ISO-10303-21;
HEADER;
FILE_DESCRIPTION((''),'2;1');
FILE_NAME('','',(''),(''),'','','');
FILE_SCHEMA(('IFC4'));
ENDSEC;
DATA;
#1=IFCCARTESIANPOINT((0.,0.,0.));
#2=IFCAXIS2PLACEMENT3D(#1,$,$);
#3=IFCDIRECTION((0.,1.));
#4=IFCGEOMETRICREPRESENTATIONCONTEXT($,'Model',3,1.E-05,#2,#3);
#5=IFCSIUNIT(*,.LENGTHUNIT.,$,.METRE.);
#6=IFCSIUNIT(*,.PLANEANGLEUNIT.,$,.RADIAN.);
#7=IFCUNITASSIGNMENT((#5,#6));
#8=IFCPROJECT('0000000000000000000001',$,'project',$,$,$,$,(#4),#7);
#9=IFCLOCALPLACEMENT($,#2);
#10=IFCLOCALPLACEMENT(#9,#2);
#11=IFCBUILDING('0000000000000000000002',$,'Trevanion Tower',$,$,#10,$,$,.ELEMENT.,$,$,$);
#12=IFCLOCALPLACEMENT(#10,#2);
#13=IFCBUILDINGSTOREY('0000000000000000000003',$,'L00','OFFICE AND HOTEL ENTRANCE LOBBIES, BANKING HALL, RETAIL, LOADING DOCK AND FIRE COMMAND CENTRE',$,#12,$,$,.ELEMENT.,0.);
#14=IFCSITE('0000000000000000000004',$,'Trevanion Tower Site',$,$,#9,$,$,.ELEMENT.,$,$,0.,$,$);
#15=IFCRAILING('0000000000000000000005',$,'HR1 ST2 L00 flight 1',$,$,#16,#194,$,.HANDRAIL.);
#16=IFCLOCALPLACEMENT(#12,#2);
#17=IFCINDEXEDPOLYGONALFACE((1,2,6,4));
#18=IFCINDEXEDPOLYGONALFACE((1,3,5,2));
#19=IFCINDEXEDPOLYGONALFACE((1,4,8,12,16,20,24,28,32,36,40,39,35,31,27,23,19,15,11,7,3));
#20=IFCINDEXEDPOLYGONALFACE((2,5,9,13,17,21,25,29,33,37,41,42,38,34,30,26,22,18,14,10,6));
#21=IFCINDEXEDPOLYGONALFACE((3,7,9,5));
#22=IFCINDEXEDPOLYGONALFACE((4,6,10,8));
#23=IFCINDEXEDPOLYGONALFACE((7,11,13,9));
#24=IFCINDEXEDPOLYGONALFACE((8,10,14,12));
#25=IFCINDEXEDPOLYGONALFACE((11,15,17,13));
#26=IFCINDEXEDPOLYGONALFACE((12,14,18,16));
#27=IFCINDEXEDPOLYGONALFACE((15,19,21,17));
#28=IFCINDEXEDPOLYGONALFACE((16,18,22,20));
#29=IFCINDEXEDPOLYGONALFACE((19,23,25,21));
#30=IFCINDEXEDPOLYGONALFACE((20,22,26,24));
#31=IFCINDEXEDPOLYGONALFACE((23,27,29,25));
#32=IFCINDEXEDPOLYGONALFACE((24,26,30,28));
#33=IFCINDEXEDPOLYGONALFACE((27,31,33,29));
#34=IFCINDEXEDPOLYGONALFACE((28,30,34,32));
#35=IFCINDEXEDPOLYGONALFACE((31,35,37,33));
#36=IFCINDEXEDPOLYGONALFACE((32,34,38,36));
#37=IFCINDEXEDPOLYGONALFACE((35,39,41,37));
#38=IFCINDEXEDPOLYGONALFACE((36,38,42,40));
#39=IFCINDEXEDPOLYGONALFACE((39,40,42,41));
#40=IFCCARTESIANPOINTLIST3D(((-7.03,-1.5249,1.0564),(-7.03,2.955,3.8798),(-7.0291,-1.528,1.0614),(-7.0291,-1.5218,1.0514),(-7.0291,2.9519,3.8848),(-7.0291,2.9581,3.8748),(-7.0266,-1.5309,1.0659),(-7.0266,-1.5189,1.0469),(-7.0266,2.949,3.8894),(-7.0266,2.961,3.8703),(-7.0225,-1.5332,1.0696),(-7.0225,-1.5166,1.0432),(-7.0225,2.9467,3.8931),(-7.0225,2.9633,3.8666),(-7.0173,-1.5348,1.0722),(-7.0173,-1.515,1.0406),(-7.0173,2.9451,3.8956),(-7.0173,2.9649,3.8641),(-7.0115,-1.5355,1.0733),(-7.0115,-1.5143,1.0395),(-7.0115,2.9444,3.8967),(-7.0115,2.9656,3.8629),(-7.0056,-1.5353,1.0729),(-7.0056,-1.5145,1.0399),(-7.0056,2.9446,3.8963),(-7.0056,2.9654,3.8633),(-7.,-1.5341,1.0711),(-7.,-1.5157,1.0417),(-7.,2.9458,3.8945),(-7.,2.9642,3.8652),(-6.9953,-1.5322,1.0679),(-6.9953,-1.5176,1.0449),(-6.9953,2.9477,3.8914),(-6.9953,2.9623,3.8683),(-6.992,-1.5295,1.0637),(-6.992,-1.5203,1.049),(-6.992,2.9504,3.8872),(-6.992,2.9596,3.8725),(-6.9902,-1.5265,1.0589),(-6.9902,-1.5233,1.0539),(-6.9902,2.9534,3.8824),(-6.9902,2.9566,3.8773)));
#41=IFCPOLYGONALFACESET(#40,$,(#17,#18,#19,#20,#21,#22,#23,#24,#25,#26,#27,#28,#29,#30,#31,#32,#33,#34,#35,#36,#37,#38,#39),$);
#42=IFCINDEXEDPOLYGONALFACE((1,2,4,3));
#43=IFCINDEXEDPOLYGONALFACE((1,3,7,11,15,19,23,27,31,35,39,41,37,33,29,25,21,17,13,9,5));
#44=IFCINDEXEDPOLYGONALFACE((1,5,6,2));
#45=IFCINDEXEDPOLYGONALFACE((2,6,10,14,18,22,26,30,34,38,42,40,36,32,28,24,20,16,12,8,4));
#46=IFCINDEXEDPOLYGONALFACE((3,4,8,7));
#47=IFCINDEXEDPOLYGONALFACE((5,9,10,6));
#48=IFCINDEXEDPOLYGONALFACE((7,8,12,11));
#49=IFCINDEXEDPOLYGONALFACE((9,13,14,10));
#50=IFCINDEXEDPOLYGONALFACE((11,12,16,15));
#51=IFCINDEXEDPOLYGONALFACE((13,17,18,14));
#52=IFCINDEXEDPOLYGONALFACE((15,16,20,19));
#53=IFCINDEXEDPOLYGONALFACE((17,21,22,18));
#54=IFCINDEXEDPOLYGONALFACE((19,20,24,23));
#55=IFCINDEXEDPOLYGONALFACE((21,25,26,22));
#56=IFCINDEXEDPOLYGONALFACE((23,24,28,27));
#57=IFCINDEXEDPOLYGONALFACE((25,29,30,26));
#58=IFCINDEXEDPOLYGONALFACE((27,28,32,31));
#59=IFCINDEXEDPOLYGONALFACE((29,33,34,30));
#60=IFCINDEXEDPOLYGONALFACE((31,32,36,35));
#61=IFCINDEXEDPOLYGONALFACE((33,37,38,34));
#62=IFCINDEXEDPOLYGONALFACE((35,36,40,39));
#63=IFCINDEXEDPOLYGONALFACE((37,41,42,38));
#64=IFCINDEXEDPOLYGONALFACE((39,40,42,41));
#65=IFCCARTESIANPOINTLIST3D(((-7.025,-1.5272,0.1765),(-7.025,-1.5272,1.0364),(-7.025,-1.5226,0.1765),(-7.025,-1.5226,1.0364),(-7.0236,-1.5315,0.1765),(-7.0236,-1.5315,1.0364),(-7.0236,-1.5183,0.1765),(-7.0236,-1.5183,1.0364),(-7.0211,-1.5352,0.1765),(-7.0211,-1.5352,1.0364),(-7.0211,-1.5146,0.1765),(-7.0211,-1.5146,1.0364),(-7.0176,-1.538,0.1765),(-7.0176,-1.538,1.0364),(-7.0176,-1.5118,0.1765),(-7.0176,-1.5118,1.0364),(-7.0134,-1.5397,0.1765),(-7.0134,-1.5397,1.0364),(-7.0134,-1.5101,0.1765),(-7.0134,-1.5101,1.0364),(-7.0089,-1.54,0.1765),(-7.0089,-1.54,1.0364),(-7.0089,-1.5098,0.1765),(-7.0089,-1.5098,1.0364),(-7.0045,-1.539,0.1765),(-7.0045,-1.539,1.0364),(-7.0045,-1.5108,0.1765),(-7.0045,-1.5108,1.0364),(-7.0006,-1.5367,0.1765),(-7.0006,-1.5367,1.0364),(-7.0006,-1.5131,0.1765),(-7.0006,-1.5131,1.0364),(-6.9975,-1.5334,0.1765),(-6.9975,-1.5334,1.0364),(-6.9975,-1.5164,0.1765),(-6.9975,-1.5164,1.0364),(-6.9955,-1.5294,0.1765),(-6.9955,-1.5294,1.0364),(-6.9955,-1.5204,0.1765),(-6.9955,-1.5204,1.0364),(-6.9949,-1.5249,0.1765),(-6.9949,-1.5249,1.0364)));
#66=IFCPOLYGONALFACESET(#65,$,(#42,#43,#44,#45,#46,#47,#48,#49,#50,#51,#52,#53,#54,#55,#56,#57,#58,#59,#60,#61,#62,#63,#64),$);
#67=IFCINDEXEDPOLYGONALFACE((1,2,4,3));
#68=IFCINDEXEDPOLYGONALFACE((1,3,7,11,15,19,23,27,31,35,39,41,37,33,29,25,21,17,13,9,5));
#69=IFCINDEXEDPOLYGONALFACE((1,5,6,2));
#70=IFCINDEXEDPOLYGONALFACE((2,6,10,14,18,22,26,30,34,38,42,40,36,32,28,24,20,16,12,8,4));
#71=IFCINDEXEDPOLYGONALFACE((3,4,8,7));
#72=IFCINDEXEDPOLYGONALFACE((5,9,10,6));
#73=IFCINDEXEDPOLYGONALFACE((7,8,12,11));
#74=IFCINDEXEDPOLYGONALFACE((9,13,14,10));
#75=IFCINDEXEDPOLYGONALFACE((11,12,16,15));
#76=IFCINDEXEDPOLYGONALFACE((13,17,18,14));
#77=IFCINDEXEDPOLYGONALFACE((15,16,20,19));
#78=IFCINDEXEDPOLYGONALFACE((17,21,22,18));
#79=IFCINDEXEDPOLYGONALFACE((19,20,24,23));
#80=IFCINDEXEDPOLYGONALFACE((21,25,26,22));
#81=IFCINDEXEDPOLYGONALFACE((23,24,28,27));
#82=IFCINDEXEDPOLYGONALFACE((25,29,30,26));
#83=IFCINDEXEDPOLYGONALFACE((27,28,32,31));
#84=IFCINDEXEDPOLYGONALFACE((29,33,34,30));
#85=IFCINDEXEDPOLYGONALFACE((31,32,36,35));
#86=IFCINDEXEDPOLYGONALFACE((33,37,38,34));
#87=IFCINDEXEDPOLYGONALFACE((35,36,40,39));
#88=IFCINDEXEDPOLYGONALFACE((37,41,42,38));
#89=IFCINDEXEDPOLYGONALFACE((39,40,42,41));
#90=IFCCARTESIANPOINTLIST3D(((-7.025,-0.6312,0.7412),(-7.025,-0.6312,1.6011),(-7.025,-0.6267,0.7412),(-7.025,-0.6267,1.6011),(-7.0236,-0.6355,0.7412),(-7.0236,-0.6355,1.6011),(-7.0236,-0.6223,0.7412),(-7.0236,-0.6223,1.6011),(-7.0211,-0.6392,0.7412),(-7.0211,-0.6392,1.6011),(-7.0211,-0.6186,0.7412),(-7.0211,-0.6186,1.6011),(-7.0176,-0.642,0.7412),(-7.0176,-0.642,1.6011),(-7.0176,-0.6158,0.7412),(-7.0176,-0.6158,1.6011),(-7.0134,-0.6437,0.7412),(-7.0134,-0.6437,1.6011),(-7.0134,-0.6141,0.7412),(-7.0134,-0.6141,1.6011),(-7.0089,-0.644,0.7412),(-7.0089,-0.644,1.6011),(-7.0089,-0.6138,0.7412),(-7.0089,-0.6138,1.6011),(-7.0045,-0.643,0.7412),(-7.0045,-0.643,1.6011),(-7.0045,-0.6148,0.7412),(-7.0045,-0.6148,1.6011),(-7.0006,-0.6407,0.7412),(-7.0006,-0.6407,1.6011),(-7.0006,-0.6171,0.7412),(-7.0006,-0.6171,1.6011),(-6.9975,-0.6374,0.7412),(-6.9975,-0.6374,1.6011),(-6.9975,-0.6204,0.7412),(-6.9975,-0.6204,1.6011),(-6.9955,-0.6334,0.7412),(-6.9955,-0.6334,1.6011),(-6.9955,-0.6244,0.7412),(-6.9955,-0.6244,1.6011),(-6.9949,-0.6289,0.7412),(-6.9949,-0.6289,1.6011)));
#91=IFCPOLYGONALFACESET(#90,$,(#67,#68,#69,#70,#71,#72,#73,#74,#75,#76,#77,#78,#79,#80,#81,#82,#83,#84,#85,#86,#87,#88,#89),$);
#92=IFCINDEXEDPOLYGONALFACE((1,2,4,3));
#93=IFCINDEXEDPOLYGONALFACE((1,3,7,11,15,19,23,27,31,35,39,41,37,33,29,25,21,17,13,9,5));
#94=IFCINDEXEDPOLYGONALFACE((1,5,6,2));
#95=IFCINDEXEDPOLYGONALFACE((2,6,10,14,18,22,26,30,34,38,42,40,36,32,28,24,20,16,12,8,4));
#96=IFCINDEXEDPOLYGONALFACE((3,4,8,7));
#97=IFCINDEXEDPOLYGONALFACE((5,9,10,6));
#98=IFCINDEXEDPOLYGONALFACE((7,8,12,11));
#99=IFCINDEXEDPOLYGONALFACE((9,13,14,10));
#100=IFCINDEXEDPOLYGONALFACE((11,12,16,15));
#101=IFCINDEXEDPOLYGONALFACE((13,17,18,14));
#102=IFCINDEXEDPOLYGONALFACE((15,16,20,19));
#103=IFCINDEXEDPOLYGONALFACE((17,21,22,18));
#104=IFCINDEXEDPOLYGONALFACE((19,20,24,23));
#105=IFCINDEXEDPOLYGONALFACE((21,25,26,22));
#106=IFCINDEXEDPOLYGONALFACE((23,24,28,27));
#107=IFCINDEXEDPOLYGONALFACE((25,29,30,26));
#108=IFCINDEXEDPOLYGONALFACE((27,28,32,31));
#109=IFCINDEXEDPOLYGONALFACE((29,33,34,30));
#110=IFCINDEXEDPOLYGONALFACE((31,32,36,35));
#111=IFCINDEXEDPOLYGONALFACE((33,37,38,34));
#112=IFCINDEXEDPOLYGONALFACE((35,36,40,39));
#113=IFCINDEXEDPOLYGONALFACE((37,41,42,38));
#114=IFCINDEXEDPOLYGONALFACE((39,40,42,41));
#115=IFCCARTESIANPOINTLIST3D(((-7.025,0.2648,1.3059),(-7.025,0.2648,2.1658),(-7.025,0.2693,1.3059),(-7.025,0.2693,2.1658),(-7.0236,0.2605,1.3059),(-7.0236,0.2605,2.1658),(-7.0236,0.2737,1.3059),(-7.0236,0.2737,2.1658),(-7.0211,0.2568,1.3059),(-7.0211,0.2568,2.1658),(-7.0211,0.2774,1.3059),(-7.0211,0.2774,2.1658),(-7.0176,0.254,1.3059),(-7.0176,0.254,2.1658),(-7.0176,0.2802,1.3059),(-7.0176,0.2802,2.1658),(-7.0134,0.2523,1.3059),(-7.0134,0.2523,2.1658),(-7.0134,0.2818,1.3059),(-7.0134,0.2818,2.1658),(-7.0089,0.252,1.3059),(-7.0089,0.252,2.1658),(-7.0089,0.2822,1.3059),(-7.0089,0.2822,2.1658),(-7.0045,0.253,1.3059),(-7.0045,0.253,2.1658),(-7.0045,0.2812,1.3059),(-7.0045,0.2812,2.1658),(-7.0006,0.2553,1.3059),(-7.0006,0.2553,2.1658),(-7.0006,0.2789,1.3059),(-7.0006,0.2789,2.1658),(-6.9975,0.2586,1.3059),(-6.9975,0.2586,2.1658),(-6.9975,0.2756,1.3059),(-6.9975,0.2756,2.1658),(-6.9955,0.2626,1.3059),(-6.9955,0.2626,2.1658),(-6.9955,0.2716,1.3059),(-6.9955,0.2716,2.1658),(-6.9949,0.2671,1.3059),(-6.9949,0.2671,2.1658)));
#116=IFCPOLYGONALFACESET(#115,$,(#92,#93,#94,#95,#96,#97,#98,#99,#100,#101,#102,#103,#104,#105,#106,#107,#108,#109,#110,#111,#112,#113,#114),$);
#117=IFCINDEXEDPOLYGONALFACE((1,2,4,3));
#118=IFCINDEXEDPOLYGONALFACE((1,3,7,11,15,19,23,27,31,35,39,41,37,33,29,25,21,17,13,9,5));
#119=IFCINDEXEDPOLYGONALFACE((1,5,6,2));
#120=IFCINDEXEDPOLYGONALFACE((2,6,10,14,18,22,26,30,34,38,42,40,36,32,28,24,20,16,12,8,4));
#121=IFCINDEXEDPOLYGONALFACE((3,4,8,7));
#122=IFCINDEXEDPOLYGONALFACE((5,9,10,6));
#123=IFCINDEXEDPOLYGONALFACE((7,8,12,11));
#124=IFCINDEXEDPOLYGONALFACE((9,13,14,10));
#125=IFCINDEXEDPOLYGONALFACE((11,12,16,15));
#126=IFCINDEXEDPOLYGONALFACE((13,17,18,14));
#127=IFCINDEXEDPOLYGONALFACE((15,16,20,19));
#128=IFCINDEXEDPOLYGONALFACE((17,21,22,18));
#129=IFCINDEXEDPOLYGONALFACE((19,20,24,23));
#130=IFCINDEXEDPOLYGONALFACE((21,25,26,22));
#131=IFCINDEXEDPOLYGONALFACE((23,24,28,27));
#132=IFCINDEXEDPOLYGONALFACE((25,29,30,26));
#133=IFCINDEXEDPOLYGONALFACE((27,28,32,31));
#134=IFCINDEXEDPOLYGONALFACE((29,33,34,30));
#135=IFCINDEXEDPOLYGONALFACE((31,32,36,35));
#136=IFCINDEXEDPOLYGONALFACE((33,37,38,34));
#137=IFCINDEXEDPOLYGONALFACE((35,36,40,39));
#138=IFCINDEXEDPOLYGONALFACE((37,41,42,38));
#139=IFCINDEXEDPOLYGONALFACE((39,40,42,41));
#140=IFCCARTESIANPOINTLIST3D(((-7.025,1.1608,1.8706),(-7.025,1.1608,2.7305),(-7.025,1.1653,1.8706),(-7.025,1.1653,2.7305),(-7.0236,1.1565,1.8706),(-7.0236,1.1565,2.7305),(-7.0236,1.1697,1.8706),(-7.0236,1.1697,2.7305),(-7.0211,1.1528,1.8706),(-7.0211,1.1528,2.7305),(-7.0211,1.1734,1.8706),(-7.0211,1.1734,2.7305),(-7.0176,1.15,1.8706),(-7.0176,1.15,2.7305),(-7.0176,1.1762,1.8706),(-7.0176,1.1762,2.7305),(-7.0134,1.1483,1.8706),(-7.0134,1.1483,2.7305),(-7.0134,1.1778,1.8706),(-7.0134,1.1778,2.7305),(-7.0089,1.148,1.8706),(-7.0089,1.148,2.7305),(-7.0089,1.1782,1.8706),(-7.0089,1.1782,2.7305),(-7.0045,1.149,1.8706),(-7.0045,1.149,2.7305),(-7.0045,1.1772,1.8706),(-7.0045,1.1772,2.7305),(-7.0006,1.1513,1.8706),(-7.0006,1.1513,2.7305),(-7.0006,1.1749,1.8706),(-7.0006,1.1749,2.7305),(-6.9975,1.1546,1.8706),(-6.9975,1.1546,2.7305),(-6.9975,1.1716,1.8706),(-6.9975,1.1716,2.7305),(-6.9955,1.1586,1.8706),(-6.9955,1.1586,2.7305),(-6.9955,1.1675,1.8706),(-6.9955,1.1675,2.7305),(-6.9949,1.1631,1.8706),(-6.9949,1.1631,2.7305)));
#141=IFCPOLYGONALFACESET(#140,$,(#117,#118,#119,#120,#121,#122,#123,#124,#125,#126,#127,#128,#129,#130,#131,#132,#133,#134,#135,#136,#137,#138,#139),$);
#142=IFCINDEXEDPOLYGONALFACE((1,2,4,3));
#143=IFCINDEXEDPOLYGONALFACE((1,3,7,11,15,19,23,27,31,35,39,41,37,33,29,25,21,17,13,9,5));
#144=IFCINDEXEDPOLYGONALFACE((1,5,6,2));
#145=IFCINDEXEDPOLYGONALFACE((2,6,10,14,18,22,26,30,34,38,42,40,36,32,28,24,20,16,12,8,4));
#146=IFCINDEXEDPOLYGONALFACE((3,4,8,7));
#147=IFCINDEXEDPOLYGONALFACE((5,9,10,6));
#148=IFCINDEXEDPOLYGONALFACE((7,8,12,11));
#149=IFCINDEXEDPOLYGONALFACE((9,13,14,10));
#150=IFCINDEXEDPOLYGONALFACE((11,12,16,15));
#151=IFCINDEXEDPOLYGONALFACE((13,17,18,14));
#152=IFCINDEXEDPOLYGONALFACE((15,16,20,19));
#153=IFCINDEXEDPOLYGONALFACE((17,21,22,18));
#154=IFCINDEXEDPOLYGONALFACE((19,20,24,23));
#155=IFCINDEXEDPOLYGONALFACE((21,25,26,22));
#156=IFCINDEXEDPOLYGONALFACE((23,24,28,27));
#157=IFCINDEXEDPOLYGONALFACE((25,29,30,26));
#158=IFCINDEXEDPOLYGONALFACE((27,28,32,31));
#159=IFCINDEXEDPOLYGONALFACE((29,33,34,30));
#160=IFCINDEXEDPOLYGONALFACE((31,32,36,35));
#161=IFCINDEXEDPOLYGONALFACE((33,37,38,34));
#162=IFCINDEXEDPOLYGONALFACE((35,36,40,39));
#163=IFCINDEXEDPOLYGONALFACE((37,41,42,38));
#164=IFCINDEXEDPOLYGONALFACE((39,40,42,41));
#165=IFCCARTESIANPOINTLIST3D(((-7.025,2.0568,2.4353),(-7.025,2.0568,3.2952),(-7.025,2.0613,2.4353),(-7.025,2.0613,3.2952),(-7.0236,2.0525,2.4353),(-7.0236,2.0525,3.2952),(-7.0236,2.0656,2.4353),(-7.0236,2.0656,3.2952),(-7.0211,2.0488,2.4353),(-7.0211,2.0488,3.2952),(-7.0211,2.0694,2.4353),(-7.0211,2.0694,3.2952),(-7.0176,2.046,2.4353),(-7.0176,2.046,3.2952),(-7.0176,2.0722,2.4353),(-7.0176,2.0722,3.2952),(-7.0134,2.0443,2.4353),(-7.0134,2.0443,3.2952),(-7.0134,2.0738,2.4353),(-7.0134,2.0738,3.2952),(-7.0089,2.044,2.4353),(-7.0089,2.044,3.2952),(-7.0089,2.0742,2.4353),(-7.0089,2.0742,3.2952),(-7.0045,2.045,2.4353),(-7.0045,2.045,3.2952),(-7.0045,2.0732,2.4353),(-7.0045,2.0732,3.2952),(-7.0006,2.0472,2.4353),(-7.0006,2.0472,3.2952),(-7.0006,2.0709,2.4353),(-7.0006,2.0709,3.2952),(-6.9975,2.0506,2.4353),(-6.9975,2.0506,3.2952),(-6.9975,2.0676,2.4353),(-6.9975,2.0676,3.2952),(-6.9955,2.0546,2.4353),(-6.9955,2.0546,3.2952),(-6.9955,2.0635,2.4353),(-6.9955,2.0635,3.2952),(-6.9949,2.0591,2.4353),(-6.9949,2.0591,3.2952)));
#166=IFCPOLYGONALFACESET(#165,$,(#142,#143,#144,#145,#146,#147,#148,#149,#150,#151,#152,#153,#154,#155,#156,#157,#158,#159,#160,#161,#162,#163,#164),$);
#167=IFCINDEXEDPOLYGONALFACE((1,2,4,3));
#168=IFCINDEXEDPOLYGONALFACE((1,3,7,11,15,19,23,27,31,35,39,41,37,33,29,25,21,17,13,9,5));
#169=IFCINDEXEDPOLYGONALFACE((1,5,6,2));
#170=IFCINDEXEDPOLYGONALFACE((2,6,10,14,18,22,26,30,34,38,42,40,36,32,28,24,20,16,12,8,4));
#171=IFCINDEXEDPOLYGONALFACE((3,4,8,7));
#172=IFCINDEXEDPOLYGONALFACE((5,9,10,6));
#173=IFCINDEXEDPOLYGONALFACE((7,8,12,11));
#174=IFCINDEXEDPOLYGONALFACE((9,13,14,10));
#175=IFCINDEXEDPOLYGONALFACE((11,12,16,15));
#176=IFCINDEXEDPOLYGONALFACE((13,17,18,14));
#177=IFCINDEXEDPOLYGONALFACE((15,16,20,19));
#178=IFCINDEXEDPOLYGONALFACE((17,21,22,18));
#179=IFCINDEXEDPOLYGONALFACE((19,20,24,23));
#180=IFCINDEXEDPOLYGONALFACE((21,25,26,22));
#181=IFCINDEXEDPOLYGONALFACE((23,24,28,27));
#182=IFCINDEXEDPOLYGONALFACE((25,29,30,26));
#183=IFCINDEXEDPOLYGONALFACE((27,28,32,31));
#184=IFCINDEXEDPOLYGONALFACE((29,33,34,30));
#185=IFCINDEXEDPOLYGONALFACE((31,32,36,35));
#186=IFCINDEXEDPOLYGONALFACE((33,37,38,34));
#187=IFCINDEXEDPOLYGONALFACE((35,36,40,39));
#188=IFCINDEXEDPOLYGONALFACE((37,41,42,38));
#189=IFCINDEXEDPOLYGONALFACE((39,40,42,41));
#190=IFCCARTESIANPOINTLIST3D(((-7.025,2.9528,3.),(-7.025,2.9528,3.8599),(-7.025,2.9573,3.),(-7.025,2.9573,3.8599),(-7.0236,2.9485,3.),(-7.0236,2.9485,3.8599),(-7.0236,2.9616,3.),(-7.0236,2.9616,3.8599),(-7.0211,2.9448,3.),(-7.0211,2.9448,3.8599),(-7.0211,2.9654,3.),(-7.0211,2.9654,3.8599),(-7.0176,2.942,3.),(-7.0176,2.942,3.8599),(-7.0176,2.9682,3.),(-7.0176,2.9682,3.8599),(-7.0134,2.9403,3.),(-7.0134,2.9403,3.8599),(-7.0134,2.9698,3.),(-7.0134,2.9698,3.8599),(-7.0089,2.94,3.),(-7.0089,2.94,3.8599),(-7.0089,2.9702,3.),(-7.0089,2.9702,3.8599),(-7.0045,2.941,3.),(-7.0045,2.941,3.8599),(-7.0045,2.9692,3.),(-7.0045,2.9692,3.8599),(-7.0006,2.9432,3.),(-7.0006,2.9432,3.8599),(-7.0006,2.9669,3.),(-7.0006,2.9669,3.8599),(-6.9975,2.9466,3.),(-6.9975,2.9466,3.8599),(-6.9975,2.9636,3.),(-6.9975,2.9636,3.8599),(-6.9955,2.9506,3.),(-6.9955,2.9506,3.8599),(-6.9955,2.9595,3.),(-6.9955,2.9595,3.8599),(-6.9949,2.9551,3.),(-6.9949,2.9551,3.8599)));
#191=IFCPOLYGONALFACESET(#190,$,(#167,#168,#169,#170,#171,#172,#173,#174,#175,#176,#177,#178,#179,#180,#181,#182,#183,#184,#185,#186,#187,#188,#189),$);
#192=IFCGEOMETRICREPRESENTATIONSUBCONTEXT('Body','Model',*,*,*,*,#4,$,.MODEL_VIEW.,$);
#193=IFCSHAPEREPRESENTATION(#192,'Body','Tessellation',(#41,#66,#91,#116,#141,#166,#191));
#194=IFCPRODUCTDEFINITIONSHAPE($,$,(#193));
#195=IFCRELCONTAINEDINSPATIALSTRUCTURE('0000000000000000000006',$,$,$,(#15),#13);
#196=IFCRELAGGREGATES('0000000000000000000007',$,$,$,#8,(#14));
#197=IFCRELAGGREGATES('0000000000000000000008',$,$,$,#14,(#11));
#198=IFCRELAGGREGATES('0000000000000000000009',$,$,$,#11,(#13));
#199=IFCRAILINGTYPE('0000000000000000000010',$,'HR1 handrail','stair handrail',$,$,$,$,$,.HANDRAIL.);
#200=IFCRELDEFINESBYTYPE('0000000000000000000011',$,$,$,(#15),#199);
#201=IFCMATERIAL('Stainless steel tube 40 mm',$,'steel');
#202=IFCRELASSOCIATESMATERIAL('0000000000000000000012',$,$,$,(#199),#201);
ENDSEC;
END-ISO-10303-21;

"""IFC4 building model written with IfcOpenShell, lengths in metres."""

from ifc_helpers import new_model, si_unit, direction, frame, origin, origin_2d, place, context, subcontext, project, spatial, circle, extrude, material, type_object, element, save


model = new_model("IFC4")

# Units and contexts
model_context = context("Model", 3, precision=1e-05, world=origin(), true_north=direction((0.0, 1.0)))
body_context = subcontext(model_context, "Body", "Model", "MODEL_VIEW")
ifc_project = project(units=[si_unit("LENGTHUNIT", "METRE"), si_unit("PLANEANGLEUNIT", "RADIAN")], contexts=[model_context])

# Site, building, storey
site_placement = place(None, origin())
site = spatial("IfcSite", under=ifc_project, at=site_placement, Name="Trevanion Tower Site", CompositionType="ELEMENT", RefElevation=0.0)
building_placement = place(site_placement, origin())
building = spatial("IfcBuilding", under=site, at=building_placement, Name="Trevanion Tower", CompositionType="ELEMENT")
storey_placement = place(building_placement, origin())
storey = spatial("IfcBuildingStorey", under=building, at=storey_placement, Name="L00", Description="OFFICE AND HOTEL ENTRANCE LOBBIES, BANKING HALL, RETAIL, LOADING DOCK AND FIRE COMMAND CENTRE", CompositionType="ELEMENT", Elevation=0.0)

# Railing
ifc_material_1 = material(Name="Stainless steel tube 40 mm", Category="steel")
railing_type = type_object("IfcRailingType", Name="HR1 handrail", Description="stair handrail", PredefinedType="HANDRAIL", material=ifc_material_1)
for number, where, name in (
    (1, (-7.01, -1.5249, 0.1765), "HR1 ST2 L00 flight 1"),
):
    element("IfcRailing", number, at=place(storey_placement, frame(where)), inside=storey, type_object=railing_type, Name=name, PredefinedType="HANDRAIL", context=body_context, shape_type="SweptSolid", body=[
        extrude(circle(Radius=0.02, at=origin_2d()), frame((0.0, 0.0, 0.8799), z_axis=(0.0, 0.845998, 0.533186), x_axis=(-1.0, 0.0, 0.0)), (0.0, 0.0, 1.0), 5.2954),
        extrude(circle(Radius=0.0151, at=origin_2d()), origin(), (0.0, 0.0, 1.0), 0.8599),
        extrude(circle(Radius=0.0151, at=origin_2d()), frame((0.0, 0.896, 0.5647)), (0.0, 0.0, 1.0), 0.8599),
        extrude(circle(Radius=0.0151, at=origin_2d()), frame((0.0, 1.792, 1.1294)), (0.0, 0.0, 1.0), 0.8599),
        extrude(circle(Radius=0.0151, at=origin_2d()), frame((0.0, 2.688, 1.6941)), (0.0, 0.0, 1.0), 0.8599),
        extrude(circle(Radius=0.0151, at=origin_2d()), frame((0.0, 3.584, 2.2588)), (0.0, 0.0, 1.0), 0.8599),
        extrude(circle(Radius=0.0151, at=origin_2d()), frame((0.0, 4.48, 2.8235)), (0.0, 0.0, 1.0), 0.8599),
    ])

save(model, "model.ifc")
